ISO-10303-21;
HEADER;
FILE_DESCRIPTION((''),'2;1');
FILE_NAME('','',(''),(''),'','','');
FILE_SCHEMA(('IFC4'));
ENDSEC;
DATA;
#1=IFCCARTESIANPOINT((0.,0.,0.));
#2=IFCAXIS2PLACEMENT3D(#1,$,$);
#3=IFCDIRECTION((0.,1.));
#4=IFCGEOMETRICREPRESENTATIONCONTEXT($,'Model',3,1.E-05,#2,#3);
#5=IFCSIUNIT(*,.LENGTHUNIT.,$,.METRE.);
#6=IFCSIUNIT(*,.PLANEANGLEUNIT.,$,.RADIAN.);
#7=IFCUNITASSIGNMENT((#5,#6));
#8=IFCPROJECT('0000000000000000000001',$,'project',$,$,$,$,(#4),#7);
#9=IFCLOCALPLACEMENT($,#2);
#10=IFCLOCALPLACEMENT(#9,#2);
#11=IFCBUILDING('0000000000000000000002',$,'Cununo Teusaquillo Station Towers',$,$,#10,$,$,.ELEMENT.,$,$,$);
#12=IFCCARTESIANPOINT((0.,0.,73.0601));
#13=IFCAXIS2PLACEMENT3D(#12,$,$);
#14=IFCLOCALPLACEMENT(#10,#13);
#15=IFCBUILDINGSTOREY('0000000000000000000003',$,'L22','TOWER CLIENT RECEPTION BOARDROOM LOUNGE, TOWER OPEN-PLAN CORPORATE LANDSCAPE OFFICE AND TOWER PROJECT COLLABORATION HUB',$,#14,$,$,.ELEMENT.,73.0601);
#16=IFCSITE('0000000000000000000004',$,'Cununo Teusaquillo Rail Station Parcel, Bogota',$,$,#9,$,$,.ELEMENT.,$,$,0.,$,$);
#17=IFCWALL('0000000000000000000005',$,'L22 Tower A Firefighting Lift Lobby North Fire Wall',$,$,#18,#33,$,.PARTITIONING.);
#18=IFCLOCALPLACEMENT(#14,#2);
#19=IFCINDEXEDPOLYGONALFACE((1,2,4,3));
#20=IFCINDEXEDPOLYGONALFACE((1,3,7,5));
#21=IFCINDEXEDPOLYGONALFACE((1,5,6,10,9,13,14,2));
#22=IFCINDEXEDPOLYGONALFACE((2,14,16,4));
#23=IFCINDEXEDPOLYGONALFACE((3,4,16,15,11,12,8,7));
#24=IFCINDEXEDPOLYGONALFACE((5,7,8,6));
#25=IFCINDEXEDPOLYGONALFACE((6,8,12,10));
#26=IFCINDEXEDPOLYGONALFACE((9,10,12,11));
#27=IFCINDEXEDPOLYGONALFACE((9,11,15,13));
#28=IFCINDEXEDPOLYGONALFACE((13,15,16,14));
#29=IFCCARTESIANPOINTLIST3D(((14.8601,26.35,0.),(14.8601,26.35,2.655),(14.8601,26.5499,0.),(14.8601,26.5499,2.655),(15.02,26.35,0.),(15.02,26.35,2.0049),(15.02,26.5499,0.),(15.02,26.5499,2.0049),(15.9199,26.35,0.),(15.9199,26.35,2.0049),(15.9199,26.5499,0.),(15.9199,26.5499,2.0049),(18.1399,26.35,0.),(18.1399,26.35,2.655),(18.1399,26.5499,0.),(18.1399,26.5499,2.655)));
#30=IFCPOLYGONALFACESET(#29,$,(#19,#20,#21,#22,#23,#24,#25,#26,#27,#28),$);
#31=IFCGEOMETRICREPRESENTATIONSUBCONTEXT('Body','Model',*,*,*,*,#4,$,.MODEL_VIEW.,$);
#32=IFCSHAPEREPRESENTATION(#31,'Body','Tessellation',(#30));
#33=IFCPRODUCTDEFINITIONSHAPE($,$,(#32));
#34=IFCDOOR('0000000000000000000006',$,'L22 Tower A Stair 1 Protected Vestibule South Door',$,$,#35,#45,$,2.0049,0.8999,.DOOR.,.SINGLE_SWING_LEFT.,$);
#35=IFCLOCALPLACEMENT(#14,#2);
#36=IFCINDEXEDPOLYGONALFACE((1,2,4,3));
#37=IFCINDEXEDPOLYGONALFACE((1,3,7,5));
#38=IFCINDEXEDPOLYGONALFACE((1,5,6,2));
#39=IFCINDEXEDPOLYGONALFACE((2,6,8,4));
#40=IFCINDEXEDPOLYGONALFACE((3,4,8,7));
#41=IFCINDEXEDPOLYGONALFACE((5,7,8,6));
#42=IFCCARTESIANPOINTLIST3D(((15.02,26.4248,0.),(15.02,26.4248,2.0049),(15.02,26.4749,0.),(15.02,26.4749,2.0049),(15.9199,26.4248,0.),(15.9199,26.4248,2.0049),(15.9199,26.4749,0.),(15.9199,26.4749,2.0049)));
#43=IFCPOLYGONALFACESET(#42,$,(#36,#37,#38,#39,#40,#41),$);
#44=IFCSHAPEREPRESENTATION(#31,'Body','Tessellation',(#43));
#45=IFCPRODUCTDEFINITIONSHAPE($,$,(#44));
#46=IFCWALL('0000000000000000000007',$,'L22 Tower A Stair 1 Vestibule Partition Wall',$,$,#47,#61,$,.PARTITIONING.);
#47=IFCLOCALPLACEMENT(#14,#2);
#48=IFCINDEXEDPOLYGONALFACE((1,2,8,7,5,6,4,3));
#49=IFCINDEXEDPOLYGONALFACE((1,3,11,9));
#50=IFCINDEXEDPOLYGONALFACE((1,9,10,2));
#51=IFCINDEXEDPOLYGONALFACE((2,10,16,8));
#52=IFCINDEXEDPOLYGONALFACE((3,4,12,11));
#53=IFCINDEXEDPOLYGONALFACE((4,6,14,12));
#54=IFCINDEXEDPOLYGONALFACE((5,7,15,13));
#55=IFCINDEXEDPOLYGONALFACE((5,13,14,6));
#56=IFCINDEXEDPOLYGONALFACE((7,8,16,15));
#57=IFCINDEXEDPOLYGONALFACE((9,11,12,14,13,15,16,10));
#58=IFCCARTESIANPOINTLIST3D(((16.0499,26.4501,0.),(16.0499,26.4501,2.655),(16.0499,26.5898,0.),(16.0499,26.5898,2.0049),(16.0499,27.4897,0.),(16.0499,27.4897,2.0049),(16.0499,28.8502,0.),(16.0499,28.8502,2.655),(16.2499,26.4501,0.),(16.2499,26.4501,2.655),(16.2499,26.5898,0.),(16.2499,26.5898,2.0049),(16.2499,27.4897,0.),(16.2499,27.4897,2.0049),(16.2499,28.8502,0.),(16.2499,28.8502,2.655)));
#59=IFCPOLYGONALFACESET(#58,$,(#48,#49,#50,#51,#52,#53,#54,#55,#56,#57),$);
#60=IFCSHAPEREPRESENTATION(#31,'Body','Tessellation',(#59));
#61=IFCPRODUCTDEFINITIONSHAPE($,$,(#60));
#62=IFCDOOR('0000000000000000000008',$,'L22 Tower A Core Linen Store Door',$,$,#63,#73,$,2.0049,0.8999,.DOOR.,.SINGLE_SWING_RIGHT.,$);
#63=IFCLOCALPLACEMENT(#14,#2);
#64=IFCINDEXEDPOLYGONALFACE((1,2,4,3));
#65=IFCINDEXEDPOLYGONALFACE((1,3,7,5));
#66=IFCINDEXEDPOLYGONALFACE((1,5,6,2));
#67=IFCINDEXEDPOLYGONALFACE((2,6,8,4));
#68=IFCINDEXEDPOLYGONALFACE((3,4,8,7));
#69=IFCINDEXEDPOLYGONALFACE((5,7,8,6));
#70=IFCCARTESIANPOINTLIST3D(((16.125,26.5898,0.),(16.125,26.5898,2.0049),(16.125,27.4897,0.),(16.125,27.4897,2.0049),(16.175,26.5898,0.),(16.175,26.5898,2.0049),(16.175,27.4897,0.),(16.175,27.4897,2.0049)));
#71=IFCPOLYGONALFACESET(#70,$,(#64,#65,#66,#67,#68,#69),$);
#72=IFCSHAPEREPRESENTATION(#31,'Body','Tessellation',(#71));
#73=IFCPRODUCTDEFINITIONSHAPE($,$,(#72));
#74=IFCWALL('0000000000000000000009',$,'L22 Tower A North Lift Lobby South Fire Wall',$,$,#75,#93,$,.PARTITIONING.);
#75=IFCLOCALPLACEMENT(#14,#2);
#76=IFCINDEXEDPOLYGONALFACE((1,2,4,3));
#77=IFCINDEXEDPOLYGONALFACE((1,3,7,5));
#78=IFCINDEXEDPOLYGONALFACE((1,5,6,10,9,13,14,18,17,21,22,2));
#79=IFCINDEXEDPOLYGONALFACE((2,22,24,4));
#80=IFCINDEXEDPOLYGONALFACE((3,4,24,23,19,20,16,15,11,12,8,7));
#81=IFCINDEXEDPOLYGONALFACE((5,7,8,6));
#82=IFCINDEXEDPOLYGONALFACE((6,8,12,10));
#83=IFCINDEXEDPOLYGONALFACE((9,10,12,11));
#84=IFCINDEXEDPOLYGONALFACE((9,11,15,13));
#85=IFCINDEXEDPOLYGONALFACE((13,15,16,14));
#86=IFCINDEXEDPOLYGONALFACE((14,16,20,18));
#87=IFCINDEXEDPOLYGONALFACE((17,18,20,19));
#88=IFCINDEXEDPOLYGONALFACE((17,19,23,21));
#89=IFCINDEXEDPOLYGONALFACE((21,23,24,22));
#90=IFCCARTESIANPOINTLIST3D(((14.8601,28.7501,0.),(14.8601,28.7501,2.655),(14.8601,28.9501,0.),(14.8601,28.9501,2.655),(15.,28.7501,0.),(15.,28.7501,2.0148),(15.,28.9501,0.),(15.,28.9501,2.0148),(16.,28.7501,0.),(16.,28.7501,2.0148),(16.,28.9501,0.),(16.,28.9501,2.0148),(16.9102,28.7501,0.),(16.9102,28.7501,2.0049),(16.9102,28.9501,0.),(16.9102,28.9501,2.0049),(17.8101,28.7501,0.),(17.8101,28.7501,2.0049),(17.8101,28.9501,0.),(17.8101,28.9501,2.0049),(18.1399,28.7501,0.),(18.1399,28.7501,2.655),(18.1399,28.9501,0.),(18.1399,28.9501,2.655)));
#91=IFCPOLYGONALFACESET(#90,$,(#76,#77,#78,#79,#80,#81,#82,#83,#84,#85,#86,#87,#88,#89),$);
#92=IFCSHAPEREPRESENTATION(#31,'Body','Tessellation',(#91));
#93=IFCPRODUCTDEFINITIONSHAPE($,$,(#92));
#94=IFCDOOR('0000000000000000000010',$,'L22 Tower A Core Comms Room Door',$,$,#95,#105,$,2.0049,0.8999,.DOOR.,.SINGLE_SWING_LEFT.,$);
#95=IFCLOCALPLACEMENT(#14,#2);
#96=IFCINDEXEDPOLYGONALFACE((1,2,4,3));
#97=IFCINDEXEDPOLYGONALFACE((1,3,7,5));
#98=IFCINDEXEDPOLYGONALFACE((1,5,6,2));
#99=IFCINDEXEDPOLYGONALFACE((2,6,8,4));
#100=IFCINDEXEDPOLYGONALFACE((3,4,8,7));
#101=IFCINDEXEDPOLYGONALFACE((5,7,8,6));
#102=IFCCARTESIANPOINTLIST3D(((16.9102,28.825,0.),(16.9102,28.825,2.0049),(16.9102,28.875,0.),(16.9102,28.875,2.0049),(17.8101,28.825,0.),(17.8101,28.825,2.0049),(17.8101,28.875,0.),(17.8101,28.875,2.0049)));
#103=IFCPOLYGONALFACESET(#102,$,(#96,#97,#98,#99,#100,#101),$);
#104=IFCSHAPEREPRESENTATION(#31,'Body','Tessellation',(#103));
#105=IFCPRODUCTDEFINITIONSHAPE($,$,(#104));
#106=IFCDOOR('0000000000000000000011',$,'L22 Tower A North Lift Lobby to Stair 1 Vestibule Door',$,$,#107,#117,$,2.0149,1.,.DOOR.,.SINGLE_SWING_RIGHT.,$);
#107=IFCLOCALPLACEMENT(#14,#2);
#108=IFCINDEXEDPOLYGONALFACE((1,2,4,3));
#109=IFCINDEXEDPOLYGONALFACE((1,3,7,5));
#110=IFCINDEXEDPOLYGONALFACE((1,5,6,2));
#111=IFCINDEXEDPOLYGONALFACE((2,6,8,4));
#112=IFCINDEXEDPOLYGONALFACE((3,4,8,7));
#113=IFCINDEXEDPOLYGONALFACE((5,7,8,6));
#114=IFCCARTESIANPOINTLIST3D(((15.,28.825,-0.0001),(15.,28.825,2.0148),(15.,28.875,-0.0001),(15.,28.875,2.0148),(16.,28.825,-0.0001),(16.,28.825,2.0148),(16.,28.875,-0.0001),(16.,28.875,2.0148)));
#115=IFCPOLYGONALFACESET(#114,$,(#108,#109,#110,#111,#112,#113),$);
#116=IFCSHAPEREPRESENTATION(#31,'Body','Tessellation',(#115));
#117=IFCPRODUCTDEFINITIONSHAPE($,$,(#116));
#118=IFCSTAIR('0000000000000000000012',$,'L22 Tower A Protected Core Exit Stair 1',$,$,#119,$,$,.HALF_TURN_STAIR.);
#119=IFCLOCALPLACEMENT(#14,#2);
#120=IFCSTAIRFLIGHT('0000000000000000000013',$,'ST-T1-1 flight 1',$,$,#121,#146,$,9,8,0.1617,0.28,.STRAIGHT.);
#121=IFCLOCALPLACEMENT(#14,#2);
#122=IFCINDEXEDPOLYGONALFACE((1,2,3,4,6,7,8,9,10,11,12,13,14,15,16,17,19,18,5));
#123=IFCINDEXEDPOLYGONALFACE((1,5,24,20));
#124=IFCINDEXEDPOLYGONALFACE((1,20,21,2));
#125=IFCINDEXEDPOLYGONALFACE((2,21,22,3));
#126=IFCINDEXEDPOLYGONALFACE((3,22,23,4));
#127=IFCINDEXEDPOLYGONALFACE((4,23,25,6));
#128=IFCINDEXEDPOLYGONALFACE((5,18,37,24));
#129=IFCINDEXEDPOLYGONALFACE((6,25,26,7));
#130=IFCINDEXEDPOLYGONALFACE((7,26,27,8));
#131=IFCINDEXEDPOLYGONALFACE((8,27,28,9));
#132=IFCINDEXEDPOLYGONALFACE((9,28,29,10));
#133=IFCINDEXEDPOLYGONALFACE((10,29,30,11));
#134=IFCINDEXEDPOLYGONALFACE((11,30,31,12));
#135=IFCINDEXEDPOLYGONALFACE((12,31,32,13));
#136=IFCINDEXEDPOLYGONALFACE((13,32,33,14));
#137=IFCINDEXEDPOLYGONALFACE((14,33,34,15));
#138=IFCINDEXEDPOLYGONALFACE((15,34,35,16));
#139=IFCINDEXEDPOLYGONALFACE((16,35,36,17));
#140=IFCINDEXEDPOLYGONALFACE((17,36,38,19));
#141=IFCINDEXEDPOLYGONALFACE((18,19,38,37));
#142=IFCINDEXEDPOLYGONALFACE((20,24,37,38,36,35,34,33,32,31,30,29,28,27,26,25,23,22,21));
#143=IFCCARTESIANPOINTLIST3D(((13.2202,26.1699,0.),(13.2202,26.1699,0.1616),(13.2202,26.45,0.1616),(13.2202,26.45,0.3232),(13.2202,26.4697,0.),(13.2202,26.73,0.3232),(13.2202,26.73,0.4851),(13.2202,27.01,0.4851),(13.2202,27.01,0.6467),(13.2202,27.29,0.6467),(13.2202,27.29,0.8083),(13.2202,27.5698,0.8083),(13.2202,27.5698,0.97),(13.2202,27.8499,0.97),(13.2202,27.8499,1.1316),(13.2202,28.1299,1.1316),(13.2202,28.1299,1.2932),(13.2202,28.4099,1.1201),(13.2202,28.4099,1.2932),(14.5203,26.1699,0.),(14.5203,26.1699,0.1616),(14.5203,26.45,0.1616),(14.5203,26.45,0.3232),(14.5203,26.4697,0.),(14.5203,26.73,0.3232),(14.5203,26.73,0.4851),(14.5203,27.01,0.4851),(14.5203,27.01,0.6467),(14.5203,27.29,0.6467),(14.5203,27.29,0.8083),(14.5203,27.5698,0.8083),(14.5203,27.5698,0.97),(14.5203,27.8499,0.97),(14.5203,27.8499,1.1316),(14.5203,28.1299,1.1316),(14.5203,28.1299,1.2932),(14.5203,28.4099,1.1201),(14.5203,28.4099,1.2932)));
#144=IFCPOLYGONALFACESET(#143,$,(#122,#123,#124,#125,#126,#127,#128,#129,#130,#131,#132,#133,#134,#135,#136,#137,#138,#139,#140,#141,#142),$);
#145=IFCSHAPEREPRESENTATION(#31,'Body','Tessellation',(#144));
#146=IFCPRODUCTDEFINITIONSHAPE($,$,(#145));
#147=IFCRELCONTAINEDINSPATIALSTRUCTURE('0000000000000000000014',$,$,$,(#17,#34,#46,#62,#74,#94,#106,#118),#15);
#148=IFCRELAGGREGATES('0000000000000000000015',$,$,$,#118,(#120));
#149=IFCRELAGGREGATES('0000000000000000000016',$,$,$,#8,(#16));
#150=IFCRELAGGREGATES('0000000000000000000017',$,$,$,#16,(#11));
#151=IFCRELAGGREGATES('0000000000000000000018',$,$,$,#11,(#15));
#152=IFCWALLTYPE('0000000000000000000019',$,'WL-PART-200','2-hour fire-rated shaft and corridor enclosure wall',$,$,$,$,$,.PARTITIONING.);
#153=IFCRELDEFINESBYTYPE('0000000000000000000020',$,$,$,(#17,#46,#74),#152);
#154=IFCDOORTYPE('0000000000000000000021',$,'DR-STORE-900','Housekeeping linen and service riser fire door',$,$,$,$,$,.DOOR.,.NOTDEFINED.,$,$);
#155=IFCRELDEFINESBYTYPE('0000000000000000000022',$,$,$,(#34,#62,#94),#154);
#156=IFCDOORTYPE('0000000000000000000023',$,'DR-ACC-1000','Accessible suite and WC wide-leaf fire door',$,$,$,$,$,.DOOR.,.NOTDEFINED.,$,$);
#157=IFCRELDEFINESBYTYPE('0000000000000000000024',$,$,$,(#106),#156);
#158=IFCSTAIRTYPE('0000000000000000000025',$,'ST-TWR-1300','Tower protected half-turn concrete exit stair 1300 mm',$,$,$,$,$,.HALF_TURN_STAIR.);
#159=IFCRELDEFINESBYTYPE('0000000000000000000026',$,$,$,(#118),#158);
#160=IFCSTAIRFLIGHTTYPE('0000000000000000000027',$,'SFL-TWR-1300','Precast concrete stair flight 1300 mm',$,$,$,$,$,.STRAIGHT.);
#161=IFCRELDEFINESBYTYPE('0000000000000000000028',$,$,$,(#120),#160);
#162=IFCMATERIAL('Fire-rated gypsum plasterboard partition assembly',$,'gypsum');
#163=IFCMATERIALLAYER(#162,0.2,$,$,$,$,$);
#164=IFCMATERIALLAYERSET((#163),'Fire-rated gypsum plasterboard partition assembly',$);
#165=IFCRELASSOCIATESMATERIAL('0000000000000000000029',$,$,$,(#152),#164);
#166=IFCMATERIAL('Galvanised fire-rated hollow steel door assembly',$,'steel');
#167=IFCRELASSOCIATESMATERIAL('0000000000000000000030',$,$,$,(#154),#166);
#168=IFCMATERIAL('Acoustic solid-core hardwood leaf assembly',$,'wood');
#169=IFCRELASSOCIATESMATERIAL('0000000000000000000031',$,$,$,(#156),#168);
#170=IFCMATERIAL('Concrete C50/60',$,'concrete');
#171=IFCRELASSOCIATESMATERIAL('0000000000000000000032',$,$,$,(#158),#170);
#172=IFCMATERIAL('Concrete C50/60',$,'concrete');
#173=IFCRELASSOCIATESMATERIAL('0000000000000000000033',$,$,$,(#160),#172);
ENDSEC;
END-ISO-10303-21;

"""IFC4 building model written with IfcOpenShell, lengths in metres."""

from ifc_helpers import new_model, si_unit, direction, frame, frame_2d, origin, place, context, subcontext, project, spatial, polyline, rectangle, outline, extrude, source, transform, mapped, material, layer, layer_set, type_object, element, fill, aggregate, save


model = new_model("IFC4")

# Units and contexts
model_context = context("Model", 3, precision=1e-05, world=origin(), true_north=direction((0.0, 1.0)))
body_context = subcontext(model_context, "Body", "Model", "MODEL_VIEW")
ifc_project = project(units=[si_unit("LENGTHUNIT", "METRE"), si_unit("PLANEANGLEUNIT", "RADIAN")], contexts=[model_context])

# Site, building, storey
site_placement = place(None, origin())
site = spatial("IfcSite", under=ifc_project, at=site_placement, Name="Cununo Teusaquillo Rail Station Parcel, Bogota", CompositionType="ELEMENT", RefElevation=0.0)
building_placement = place(site_placement, origin())
building = spatial("IfcBuilding", under=site, at=building_placement, Name="Cununo Teusaquillo Station Towers", CompositionType="ELEMENT")
storey_placement = place(building_placement, frame((0.0, 0.0, 73.0601)))
storey = spatial("IfcBuildingStorey", under=building, at=storey_placement, Name="L22", Description="TOWER CLIENT RECEPTION BOARDROOM LOUNGE, TOWER OPEN-PLAN CORPORATE LANDSCAPE OFFICE AND TOWER PROJECT COLLABORATION HUB", CompositionType="ELEMENT", Elevation=73.0601)

# Walls, openings, doors
ifc_material_1 = material(Name="Fire-rated gypsum plasterboard partition assembly", Category="gypsum")
ifc_layer_1 = layer(ifc_material_1, 0.2)
ifc_layer_set_1 = layer_set([ifc_layer_1], Name="Fire-rated gypsum plasterboard partition assembly")
wall_type_1 = type_object("IfcWallType", Name="WL-PART-200", Description="2-hour fire-rated shaft and corridor enclosure wall", PredefinedType="PARTITIONING", material=ifc_layer_set_1)
wall_1_placement = place(storey_placement, frame((14.8601, 26.45, 0.0), z_axis=(0.0, 0.0, 1.0), x_axis=(1.0, 0.0, 0.0)))
wall_1 = element("IfcWall", 1, at=wall_1_placement, inside=storey, type_object=wall_type_1, Name="L22 Tower A Firefighting Lift Lobby North Fire Wall", PredefinedType="PARTITIONING", context=body_context, shape_type="SweptSolid", body=[
    extrude(rectangle(XDim=3.2798, YDim=0.2, at=frame_2d((1.6399, 0.0))), origin(), (0.0, 0.0, 1.0), 2.655),
])
shared_shape_1 = source(origin(), body_context, "Body", "SweptSolid", [
    extrude(rectangle(XDim=0.8999, YDim=2.0049, at=frame_2d((0.45, 1.0024))), frame((0.0, 0.1099, 0.0), z_axis=(0.0, -1.0, 0.0), x_axis=(1.0, 0.0, 0.0)), (0.0, 0.0, 1.0), 0.22),
])
opening_1_placement = place(wall_1_placement, frame((0.1599, 0.0, 0.0)))
opening_1 = element("IfcOpeningElement", 2, at=opening_1_placement, cuts=wall_1, PredefinedType="OPENING", context=body_context, shape_type="MappedRepresentation", body=[
    mapped(shared_shape_1, transform((0.0, 0.0, 0.0), x_axis=(1.0, 0.0, 0.0), y_axis=(0.0, 1.0, 0.0), z_axis=(0.0, 0.0, 1.0), scale=1.0)),
])
ifc_material_2 = material(Name="Galvanised fire-rated hollow steel door assembly", Category="steel")
door_type_1 = type_object("IfcDoorType", Name="DR-STORE-900", Description="Housekeeping linen and service riser fire door", OperationType="NOTDEFINED", PredefinedType="DOOR", material=ifc_material_2)
shared_shape_2 = source(origin(), body_context, "Body", "SweptSolid", [
    extrude(rectangle(XDim=0.8999, YDim=2.0049, at=frame_2d((0.45, 1.0024))), frame((0.0, 0.0249, 0.0), z_axis=(0.0, -1.0, 0.0), x_axis=(1.0, 0.0, 0.0)), (0.0, 0.0, 1.0), 0.05),
])
door_1_placement = place(opening_1_placement, origin())
door_1 = element("IfcDoor", 3, at=door_1_placement, inside=storey, type_object=door_type_1, Name="L22 Tower A Stair 1 Protected Vestibule South Door", OperationType="SINGLE_SWING_LEFT", OverallHeight=2.0049, OverallWidth=0.8999, PredefinedType="DOOR", context=body_context, shape_type="MappedRepresentation", body=[
    mapped(shared_shape_2, transform((0.0, 0.0, 0.0), x_axis=(1.0, 0.0, 0.0), y_axis=(0.0, 1.0, 0.0), z_axis=(0.0, 0.0, 1.0), scale=1.0)),
])
fill(opening_1, door_1)
wall_2_placement = place(storey_placement, frame((16.1499, 26.45, 0.0), z_axis=(0.0, 0.0, 1.0), x_axis=(0.0, 1.0, 0.0)))
wall_2 = element("IfcWall", 4, at=wall_2_placement, inside=storey, type_object=wall_type_1, Name="L22 Tower A Stair 1 Vestibule Partition Wall", PredefinedType="PARTITIONING", context=body_context, shape_type="SweptSolid", body=[
    extrude(rectangle(XDim=2.4001, YDim=0.2, at=frame_2d((1.2002, 0.0))), origin(), (0.0, 0.0, 1.0), 2.655),
])
opening_2_placement = place(wall_2_placement, frame((0.1399, 0.0, 0.0)))
opening_2 = element("IfcOpeningElement", 5, at=opening_2_placement, cuts=wall_2, PredefinedType="OPENING", context=body_context, shape_type="MappedRepresentation", body=[
    mapped(shared_shape_1, transform((0.0, 0.0, 0.0), x_axis=(1.0, 0.0, 0.0), y_axis=(0.0, 1.0, 0.0), z_axis=(0.0, 0.0, 1.0), scale=1.0)),
])
door_2_placement = place(opening_2_placement, origin())
door_2 = element("IfcDoor", 6, at=door_2_placement, inside=storey, type_object=door_type_1, Name="L22 Tower A Core Linen Store Door", OperationType="SINGLE_SWING_RIGHT", OverallHeight=2.0049, OverallWidth=0.8999, PredefinedType="DOOR", context=body_context, shape_type="MappedRepresentation", body=[
    mapped(shared_shape_2, transform((0.0, 0.0, 0.0), x_axis=(1.0, 0.0, 0.0), y_axis=(0.0, 1.0, 0.0), z_axis=(0.0, 0.0, 1.0), scale=1.0)),
])
fill(opening_2, door_2)

# Wall, openings, doors
wall_3_placement = place(storey_placement, frame((14.8601, 28.8501, 0.0), z_axis=(0.0, 0.0, 1.0), x_axis=(1.0, 0.0, 0.0)))
wall_3 = element("IfcWall", 7, at=wall_3_placement, inside=storey, type_object=wall_type_1, Name="L22 Tower A North Lift Lobby South Fire Wall", PredefinedType="PARTITIONING", context=body_context, shape_type="SweptSolid", body=[
    extrude(rectangle(XDim=3.2798, YDim=0.2, at=frame_2d((1.6399, 0.0))), origin(), (0.0, 0.0, 1.0), 2.655),
])
shared_shape_3 = source(origin(), body_context, "Body", "SweptSolid", [
    extrude(rectangle(XDim=1.0, YDim=2.0149, at=frame_2d((0.5, 1.0073))), frame((0.0, 0.1099, 0.0), z_axis=(0.0, -1.0, 0.0), x_axis=(1.0, 0.0, 0.0)), (0.0, 0.0, 1.0), 0.22),
])
opening_3_placement = place(wall_3_placement, frame((0.1399, 0.0, 0.0)))
opening_3 = element("IfcOpeningElement", 8, at=opening_3_placement, cuts=wall_3, PredefinedType="OPENING", context=body_context, shape_type="MappedRepresentation", body=[
    mapped(shared_shape_3, transform((0.0, 0.0, 0.0), x_axis=(1.0, 0.0, 0.0), y_axis=(0.0, 1.0, 0.0), z_axis=(0.0, 0.0, 1.0), scale=1.0)),
])
opening_4_placement = place(wall_3_placement, frame((2.05, 0.0, 0.0)))
opening_4 = element("IfcOpeningElement", 9, at=opening_4_placement, cuts=wall_3, PredefinedType="OPENING", context=body_context, shape_type="MappedRepresentation", body=[
    mapped(shared_shape_1, transform((0.0, 0.0, 0.0), x_axis=(1.0, 0.0, 0.0), y_axis=(0.0, 1.0, 0.0), z_axis=(0.0, 0.0, 1.0), scale=1.0)),
])
door_3_placement = place(opening_4_placement, origin())
door_3 = element("IfcDoor", 10, at=door_3_placement, inside=storey, type_object=door_type_1, Name="L22 Tower A Core Comms Room Door", OperationType="SINGLE_SWING_LEFT", OverallHeight=2.0049, OverallWidth=0.8999, PredefinedType="DOOR", context=body_context, shape_type="MappedRepresentation", body=[
    mapped(shared_shape_2, transform((0.0, 0.0, 0.0), x_axis=(1.0, 0.0, 0.0), y_axis=(0.0, 1.0, 0.0), z_axis=(0.0, 0.0, 1.0), scale=1.0)),
])
fill(opening_4, door_3)
ifc_material_3 = material(Name="Acoustic solid-core hardwood leaf assembly", Category="wood")
door_type_2 = type_object("IfcDoorType", Name="DR-ACC-1000", Description="Accessible suite and WC wide-leaf fire door", OperationType="NOTDEFINED", PredefinedType="DOOR", material=ifc_material_3)
shared_shape_4 = source(origin(), body_context, "Body", "SweptSolid", [
    extrude(rectangle(XDim=1.0, YDim=2.0149, at=frame_2d((0.5, 1.0073))), frame((0.0, 0.0249, 0.0), z_axis=(0.0, -1.0, 0.0), x_axis=(1.0, 0.0, 0.0)), (0.0, 0.0, 1.0), 0.05),
])
door_4_placement = place(opening_3_placement, origin())
door_4 = element("IfcDoor", 11, at=door_4_placement, inside=storey, type_object=door_type_2, Name="L22 Tower A North Lift Lobby to Stair 1 Vestibule Door", OperationType="SINGLE_SWING_RIGHT", OverallHeight=2.0149, OverallWidth=1.0, PredefinedType="DOOR", context=body_context, shape_type="MappedRepresentation", body=[
    mapped(shared_shape_4, transform((0.0, 0.0, 0.0), x_axis=(1.0, 0.0, 0.0), y_axis=(0.0, 1.0, 0.0), z_axis=(0.0, 0.0, 1.0), scale=1.0)),
])
fill(opening_3, door_4)

# Stair, stair flight
ifc_material_4 = material(Name="Concrete C50/60", Category="concrete")
stair_type = type_object("IfcStairType", Name="ST-TWR-1300", Description="Tower protected half-turn concrete exit stair 1300 mm", PredefinedType="HALF_TURN_STAIR", material=ifc_material_4)
stair_placement = place(storey_placement, origin())
stair = element("IfcStair", 12, at=stair_placement, inside=storey, type_object=stair_type, Name="L22 Tower A Protected Core Exit Stair 1", PredefinedType="HALF_TURN_STAIR")
ifc_material_5 = material(Name="Concrete C50/60", Category="concrete")
stair_flight_type = type_object("IfcStairFlightType", Name="SFL-TWR-1300", Description="Precast concrete stair flight 1300 mm", PredefinedType="STRAIGHT", material=ifc_material_5)
stair_flight_1_placement = place(storey_placement, frame((13.8701, 26.1699, 0.0), z_axis=(0.0, 0.0, 1.0), x_axis=(0.0, 1.0, 0.0)))
stair_flight_1 = element("IfcStairFlight", 13, at=stair_flight_1_placement, type_object=stair_flight_type, Name="ST-T1-1 flight 1", NumberOfRisers=9, NumberOfTreads=8, PredefinedType="STRAIGHT", RiserHeight=0.1617, TreadLength=0.28, context=body_context, shape_type="SweptSolid", body=[
    extrude(outline(polyline([(0.0, 0.0), (0.0, 0.1616), (0.28, 0.1616), (0.28, 0.3232), (0.5601, 0.3232), (0.5601, 0.4851), (0.8401, 0.4851), (0.8401, 0.6467), (1.1201, 0.6467), (1.1201, 0.8083), (1.3999, 0.8083), (1.3999, 0.97), (1.6799, 0.97), (1.6799, 1.1316), (1.96, 1.1316), (1.96, 1.2932), (2.24, 1.2932), (2.24, 1.4551), (2.24, 1.1201), (0.2998, 0.0), (0.0, 0.0)])), frame((0.0, 0.6499, 0.0), z_axis=(0.0, -1.0, 0.0), x_axis=(1.0, 0.0, 0.0)), (0.0, 0.0, 1.0), 1.3),
])
aggregate(stair, [stair_flight_1])

save(model, "model.ifc")
